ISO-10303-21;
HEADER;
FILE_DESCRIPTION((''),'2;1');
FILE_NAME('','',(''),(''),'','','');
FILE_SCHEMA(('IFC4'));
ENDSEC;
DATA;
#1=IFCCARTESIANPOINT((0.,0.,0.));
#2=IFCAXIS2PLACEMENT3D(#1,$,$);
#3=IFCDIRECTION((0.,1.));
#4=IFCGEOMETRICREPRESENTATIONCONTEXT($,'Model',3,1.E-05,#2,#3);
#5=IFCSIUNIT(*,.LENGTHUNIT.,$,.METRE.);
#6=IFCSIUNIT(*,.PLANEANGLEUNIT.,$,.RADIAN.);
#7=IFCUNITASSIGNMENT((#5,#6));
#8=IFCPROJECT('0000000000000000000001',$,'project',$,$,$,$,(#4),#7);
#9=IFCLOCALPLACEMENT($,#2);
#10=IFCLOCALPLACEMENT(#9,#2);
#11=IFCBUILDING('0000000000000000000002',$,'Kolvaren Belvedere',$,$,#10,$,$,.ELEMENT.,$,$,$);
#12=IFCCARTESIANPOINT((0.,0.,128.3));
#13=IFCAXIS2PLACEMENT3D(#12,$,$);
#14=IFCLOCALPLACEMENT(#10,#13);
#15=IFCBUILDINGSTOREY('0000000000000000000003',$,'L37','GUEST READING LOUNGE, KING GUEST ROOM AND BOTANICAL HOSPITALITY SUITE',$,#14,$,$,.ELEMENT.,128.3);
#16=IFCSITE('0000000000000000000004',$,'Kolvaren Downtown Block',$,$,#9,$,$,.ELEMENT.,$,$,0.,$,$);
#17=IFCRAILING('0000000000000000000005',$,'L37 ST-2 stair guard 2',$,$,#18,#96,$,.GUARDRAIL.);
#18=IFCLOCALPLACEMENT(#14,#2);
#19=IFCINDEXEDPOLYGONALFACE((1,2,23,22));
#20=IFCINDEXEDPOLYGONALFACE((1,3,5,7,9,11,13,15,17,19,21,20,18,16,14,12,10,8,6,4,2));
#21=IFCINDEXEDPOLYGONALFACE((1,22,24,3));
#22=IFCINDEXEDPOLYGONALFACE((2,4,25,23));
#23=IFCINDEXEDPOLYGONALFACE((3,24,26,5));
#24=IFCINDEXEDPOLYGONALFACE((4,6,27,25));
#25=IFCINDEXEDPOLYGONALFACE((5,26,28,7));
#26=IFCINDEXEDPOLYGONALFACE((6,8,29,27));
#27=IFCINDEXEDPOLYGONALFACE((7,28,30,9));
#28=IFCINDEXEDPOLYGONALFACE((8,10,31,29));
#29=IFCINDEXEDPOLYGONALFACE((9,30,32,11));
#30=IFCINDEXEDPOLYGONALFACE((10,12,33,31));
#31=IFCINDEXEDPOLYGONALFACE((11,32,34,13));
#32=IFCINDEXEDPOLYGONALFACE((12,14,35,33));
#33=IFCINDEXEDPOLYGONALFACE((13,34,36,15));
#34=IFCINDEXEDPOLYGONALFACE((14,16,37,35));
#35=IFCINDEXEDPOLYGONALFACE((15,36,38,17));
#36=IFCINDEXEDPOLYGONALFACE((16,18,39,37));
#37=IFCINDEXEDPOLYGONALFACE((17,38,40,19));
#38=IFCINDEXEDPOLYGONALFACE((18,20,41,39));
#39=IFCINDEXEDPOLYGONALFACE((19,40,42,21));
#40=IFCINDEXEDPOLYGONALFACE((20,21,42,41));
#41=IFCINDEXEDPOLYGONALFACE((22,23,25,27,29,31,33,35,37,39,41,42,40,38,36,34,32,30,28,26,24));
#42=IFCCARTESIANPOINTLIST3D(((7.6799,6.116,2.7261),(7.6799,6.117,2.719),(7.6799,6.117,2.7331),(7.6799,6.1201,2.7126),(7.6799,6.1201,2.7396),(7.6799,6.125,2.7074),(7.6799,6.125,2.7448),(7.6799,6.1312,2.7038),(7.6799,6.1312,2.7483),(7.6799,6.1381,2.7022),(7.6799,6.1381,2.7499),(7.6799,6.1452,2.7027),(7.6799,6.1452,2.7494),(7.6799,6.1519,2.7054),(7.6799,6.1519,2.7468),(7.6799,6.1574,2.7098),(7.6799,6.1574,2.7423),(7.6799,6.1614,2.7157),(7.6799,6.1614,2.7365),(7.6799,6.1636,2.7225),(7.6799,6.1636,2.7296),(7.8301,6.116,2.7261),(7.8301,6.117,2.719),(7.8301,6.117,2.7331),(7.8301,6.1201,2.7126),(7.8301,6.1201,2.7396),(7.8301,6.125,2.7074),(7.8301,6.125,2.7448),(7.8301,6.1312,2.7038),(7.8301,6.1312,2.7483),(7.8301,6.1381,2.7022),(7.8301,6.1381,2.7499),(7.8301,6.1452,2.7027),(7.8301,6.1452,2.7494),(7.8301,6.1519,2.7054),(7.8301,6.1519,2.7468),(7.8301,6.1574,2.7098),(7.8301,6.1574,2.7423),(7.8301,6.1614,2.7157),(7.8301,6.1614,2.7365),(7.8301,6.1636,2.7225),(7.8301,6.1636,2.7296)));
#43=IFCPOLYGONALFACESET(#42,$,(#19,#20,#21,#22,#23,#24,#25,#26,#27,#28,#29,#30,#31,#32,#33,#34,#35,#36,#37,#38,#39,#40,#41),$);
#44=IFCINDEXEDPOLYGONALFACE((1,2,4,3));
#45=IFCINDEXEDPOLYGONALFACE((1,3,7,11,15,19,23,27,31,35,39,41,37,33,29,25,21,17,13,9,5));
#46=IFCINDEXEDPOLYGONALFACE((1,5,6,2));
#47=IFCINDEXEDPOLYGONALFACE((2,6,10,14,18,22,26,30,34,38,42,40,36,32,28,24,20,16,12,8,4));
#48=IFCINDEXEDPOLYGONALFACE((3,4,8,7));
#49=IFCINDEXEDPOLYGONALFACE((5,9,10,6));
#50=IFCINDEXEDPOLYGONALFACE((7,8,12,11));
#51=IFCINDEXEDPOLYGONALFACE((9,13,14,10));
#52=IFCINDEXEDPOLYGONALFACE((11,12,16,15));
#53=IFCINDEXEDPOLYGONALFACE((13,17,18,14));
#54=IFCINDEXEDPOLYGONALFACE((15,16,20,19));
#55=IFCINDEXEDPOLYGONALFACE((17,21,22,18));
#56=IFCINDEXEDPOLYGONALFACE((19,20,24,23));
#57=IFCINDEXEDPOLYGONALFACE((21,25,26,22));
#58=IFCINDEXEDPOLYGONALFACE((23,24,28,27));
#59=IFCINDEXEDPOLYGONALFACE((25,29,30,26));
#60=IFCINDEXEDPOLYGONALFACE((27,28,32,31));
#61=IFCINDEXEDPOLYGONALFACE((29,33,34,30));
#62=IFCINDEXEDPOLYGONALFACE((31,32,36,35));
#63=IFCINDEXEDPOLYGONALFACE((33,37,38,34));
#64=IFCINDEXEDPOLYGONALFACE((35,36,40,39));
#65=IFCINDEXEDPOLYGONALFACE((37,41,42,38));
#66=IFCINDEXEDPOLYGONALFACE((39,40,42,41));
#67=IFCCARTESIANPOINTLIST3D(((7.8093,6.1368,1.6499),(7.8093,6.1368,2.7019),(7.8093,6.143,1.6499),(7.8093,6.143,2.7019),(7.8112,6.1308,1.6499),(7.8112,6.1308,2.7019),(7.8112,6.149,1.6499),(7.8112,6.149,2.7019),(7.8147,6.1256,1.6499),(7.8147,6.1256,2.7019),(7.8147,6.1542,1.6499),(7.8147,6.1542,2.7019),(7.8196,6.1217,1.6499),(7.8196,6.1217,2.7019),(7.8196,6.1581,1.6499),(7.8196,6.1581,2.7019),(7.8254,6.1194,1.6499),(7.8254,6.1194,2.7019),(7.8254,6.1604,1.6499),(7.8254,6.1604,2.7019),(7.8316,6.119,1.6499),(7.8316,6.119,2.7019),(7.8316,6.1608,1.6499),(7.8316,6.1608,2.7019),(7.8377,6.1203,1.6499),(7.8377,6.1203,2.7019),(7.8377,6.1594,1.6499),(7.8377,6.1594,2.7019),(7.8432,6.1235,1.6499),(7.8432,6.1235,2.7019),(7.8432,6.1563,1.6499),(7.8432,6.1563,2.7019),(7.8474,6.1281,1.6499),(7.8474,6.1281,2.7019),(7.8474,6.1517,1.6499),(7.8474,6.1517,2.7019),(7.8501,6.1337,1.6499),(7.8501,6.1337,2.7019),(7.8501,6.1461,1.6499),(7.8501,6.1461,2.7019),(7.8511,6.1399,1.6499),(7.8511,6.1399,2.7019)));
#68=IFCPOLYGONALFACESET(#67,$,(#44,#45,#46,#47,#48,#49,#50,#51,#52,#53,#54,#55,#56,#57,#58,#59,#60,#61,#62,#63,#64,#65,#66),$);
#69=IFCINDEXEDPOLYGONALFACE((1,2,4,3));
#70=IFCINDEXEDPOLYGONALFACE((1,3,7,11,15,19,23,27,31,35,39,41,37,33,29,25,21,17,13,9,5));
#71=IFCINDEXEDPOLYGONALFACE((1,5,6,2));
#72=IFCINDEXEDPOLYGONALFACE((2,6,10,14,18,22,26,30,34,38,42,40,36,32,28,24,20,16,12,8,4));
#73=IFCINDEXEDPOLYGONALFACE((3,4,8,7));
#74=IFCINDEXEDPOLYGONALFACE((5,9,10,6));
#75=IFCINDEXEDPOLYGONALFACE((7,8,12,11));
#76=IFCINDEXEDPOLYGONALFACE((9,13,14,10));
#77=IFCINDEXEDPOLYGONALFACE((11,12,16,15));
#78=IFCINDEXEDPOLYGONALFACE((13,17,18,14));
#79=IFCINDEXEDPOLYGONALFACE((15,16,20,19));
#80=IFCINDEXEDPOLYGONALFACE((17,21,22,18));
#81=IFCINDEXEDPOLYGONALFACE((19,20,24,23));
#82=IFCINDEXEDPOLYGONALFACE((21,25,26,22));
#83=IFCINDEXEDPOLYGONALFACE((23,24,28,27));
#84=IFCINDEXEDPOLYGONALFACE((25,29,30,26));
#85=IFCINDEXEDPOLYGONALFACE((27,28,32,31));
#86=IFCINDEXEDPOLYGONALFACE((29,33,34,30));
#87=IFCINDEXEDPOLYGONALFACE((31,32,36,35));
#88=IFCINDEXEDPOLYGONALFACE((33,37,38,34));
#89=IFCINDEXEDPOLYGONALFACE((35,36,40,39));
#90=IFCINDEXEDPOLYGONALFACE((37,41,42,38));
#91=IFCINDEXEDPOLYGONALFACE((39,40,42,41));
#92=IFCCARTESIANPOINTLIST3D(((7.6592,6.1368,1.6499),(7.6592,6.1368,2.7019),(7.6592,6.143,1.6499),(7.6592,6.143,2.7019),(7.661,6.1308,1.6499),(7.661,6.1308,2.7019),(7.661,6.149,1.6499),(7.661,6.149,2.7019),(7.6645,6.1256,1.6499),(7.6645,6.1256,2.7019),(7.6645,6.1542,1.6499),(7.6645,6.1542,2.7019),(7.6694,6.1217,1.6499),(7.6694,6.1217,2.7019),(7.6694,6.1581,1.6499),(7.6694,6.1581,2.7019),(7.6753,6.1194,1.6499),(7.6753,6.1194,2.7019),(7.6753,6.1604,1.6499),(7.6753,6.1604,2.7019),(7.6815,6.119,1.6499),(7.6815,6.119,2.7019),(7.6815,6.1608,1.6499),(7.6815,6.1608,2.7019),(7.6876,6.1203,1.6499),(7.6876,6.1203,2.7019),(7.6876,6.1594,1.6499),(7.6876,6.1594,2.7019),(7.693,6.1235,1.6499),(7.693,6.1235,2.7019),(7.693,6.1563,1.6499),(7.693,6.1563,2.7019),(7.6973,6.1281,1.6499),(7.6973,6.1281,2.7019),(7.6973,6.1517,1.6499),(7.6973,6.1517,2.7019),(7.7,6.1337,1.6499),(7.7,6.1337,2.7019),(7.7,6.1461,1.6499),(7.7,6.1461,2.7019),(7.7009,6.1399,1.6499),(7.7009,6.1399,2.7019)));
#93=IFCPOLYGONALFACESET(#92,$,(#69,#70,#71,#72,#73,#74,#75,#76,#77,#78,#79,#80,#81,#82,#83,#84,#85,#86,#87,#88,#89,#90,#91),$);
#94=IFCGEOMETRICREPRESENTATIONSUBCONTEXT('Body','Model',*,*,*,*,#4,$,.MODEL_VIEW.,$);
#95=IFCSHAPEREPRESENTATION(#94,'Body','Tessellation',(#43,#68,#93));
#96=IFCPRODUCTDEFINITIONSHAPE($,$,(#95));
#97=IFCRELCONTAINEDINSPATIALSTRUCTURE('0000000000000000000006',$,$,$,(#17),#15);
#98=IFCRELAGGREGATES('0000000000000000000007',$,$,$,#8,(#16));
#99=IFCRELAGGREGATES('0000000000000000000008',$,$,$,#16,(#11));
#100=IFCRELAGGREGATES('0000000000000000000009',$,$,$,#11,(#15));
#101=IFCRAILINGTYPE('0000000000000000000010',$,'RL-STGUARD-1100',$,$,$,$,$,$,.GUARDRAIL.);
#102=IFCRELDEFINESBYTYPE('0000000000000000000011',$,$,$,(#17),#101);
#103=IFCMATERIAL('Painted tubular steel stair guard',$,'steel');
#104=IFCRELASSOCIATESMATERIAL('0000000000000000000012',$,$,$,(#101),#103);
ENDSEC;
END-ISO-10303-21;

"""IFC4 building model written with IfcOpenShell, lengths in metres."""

from ifc_helpers import new_model, si_unit, direction, frame, origin, origin_2d, place, context, subcontext, project, spatial, circle, extrude, material, type_object, element, save


model = new_model("IFC4")

# Units and contexts
model_context = context("Model", 3, precision=1e-05, world=origin(), true_north=direction((0.0, 1.0)))
body_context = subcontext(model_context, "Body", "Model", "MODEL_VIEW")
ifc_project = project(units=[si_unit("LENGTHUNIT", "METRE"), si_unit("PLANEANGLEUNIT", "RADIAN")], contexts=[model_context])

# Site, building, storey
site_placement = place(None, origin())
site = spatial("IfcSite", under=ifc_project, at=site_placement, Name="Kolvaren Downtown Block", CompositionType="ELEMENT", RefElevation=0.0)
building_placement = place(site_placement, origin())
building = spatial("IfcBuilding", under=site, at=building_placement, Name="Kolvaren Belvedere", CompositionType="ELEMENT")
storey_placement = place(building_placement, frame((0.0, 0.0, 128.3)))
storey = spatial("IfcBuildingStorey", under=building, at=storey_placement, Name="L37", Description="GUEST READING LOUNGE, KING GUEST ROOM AND BOTANICAL HOSPITALITY SUITE", CompositionType="ELEMENT", Elevation=128.3)

# Railing
ifc_material_1 = material(Name="Painted tubular steel stair guard", Category="steel")
railing_type_1 = type_object("IfcRailingType", Name="RL-STGUARD-1100", PredefinedType="GUARDRAIL", material=ifc_material_1)
railing_1_placement = place(storey_placement, frame((7.8301, 6.1399, 1.6499)))
element("IfcRailing", 1, at=railing_1_placement, inside=storey, type_object=railing_type_1, Name="L37 ST-2 stair guard 2", PredefinedType="GUARDRAIL", context=body_context, shape_type="SweptSolid", body=[
    extrude(circle(Radius=0.0239, at=origin_2d()), frame((0.0, 0.0, 1.0762), z_axis=(-1.0, 0.0, 0.0), x_axis=(0.0, -1.0, 0.0)), (0.0, 0.0, 1.0), 0.1501),
    extrude(circle(Radius=0.021, at=origin_2d()), origin(), (0.0, 0.0, 1.0), 1.052),
    extrude(circle(Radius=0.021, at=origin_2d()), frame((-0.1501, 0.0, 0.0)), (0.0, 0.0, 1.0), 1.052),
])

save(model, "model.ifc")
